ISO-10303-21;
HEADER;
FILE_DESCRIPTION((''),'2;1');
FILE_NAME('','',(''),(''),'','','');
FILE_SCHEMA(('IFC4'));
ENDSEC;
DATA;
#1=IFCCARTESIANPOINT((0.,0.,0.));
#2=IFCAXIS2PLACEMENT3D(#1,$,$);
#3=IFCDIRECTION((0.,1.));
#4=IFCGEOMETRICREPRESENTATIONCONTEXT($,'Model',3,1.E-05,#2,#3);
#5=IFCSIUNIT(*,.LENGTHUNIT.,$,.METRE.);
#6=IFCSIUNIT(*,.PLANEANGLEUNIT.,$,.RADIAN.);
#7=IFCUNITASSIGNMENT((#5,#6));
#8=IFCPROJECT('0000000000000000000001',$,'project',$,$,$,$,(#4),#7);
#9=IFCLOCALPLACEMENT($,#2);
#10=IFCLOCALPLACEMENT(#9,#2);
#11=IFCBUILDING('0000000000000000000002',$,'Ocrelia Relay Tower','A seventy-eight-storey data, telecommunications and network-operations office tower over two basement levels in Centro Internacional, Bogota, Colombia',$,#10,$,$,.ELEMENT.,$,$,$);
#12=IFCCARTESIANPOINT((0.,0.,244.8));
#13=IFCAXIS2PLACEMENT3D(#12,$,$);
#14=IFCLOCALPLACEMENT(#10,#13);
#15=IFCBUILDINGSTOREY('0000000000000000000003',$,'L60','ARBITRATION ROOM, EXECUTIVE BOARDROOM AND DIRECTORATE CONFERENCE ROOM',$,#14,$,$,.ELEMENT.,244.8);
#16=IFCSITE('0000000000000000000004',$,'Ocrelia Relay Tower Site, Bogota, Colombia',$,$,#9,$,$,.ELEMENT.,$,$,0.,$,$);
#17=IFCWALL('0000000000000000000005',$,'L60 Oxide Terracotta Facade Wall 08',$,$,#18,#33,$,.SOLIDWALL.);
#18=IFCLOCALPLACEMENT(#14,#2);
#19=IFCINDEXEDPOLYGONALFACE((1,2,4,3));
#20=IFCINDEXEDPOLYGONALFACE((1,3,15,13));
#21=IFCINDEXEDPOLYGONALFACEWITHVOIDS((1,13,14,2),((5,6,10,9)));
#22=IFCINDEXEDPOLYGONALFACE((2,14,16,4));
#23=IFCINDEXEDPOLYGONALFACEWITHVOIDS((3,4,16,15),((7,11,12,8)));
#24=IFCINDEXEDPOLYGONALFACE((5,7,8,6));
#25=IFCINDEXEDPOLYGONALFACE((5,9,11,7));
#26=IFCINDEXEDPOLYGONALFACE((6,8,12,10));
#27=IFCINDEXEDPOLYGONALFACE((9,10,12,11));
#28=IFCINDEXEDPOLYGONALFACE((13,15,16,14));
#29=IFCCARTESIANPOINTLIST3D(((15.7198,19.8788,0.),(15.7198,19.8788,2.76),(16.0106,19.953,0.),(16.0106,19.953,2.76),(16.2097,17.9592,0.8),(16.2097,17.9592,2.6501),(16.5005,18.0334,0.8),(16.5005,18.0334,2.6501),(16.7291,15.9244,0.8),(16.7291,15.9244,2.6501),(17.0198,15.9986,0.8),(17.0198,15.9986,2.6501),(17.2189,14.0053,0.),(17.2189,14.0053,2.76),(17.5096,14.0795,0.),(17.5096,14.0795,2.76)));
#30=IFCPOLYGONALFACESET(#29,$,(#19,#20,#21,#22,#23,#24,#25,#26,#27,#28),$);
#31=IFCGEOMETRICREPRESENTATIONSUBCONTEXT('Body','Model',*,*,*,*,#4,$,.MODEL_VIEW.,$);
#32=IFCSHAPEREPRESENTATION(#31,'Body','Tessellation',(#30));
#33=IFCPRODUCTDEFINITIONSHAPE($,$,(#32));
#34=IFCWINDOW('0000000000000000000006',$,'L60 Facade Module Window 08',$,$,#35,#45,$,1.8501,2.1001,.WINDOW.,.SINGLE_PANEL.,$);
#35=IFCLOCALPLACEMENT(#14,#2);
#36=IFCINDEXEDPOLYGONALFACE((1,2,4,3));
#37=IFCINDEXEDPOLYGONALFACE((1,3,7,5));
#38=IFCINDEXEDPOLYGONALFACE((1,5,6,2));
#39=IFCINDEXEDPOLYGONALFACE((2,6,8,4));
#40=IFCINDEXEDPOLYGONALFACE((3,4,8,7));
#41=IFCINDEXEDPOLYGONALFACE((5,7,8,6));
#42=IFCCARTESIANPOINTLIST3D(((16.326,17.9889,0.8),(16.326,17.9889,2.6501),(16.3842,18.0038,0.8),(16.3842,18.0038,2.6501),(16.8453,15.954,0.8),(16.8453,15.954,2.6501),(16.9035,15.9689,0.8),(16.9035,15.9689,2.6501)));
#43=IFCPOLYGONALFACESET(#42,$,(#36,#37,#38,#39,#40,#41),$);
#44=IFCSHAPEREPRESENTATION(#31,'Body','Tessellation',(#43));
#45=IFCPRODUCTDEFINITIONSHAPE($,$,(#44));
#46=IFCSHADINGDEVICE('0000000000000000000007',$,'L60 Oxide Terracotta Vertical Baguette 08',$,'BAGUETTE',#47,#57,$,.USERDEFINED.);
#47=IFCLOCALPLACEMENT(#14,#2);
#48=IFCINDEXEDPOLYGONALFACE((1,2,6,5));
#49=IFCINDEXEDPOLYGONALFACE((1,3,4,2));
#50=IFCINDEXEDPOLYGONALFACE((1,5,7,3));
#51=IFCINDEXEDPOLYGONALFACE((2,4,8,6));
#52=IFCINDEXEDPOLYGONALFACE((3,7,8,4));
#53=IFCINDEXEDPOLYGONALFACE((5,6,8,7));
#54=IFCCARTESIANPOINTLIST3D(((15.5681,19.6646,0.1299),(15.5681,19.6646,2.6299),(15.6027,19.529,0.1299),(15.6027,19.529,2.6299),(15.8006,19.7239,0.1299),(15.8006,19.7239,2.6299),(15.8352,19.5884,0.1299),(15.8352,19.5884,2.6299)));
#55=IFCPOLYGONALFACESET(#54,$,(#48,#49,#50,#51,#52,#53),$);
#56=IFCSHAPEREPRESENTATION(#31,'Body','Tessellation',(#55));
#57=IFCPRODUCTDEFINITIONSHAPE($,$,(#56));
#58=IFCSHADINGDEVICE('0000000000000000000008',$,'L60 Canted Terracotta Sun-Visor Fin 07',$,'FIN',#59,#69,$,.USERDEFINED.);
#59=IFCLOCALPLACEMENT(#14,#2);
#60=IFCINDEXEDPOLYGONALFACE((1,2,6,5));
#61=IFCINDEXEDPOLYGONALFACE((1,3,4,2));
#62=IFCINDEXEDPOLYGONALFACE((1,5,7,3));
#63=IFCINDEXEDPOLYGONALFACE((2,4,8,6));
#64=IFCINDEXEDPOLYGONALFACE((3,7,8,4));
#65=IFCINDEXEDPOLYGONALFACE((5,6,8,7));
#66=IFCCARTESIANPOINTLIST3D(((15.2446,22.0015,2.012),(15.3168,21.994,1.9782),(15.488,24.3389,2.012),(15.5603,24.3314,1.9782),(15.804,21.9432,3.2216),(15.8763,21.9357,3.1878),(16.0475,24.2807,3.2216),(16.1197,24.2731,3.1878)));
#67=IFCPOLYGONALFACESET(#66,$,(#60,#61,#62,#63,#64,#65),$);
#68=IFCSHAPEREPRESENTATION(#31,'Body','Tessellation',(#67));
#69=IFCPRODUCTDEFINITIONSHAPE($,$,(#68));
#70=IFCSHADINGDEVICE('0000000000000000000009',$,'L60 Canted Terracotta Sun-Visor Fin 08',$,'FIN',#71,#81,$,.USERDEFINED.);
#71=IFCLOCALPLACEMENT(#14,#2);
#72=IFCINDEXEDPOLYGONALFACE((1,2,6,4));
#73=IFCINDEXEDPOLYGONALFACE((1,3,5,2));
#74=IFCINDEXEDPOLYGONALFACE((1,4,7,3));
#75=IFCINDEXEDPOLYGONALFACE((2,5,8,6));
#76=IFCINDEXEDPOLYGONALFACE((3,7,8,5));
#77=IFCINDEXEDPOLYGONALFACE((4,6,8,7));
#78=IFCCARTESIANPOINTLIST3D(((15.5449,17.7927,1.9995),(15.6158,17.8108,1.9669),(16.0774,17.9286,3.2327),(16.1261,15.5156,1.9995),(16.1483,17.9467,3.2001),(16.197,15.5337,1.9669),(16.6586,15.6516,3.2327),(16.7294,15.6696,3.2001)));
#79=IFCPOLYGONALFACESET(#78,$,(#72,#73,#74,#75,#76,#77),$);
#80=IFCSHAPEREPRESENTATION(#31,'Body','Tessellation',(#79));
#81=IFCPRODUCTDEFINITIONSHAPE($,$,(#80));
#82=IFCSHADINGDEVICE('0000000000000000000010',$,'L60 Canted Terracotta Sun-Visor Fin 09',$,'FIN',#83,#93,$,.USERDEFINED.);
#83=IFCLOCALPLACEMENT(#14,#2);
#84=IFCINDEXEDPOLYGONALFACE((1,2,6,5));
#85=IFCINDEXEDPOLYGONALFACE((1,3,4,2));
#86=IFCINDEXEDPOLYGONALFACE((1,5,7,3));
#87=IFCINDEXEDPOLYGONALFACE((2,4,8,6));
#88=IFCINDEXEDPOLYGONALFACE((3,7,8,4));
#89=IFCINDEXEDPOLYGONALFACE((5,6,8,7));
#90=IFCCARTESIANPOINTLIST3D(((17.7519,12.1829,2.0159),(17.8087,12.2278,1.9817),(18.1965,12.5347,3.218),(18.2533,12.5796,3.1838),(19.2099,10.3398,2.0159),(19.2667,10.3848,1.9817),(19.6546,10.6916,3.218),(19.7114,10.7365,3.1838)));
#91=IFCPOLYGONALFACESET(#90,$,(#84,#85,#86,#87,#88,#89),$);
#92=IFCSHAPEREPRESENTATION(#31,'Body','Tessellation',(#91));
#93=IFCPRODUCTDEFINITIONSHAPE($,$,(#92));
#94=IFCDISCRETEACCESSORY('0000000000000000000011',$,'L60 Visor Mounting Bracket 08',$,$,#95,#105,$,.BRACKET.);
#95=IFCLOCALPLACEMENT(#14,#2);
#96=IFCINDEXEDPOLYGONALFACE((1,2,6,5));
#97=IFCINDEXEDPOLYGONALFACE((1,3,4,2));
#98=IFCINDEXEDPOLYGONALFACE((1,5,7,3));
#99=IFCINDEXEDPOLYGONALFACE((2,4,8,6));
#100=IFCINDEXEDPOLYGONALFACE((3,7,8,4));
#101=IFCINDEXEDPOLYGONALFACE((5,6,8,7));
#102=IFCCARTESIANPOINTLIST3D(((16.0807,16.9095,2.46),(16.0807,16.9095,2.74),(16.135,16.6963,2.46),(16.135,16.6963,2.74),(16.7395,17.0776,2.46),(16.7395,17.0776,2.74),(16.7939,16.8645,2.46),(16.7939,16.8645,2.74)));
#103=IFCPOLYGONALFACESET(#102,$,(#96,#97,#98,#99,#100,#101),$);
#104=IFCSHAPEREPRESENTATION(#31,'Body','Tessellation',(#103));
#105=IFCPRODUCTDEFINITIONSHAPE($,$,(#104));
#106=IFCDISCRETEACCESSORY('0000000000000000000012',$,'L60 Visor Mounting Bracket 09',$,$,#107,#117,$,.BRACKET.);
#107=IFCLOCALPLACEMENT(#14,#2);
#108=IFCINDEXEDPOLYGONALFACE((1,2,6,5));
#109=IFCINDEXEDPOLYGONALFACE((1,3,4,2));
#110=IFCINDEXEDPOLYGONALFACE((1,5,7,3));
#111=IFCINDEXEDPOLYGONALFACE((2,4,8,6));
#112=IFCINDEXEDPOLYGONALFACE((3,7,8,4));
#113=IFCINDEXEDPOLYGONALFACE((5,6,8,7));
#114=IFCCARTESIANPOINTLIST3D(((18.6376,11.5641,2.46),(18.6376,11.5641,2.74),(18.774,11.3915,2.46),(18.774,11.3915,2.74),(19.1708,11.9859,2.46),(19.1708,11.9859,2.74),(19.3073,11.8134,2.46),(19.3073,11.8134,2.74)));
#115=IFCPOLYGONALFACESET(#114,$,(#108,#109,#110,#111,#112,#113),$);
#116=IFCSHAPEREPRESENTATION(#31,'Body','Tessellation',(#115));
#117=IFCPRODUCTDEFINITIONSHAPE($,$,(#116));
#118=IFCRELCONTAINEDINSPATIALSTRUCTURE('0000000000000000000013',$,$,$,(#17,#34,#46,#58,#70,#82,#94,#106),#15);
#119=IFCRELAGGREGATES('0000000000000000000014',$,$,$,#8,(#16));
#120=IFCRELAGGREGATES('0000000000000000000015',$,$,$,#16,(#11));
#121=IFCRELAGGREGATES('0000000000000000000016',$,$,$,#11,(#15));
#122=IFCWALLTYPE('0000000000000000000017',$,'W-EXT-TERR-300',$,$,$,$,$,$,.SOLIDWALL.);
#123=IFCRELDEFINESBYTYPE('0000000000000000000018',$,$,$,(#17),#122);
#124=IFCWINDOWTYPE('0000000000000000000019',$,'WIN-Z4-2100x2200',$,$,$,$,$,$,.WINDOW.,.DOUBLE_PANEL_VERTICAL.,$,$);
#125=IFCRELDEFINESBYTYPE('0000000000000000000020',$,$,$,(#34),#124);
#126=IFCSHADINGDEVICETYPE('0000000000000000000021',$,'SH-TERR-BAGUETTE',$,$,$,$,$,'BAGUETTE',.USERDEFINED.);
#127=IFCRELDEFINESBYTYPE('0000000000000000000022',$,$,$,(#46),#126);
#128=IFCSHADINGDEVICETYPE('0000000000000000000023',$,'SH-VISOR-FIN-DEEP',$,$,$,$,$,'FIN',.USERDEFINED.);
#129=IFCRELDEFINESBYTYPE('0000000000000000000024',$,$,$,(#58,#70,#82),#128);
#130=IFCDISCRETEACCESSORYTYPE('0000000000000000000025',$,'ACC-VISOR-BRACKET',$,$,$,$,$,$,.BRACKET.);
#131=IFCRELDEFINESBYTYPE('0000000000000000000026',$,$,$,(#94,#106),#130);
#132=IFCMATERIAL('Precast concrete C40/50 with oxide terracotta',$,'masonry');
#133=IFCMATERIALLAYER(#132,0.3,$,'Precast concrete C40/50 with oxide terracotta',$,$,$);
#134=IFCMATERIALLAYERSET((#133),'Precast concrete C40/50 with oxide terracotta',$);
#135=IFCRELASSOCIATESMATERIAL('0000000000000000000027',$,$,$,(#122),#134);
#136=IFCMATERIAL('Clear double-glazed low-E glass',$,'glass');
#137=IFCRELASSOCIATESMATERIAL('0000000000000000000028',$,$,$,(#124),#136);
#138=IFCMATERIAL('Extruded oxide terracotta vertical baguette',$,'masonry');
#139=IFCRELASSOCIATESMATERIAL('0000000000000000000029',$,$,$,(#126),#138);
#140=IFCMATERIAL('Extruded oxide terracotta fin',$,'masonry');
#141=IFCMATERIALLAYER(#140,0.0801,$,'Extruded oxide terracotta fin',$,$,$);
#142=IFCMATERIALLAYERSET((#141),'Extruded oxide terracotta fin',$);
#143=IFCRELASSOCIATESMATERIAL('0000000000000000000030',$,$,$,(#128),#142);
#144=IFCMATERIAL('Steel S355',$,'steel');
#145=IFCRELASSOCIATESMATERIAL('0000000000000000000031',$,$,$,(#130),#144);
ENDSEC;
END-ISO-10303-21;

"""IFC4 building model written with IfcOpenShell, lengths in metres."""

from ifc_helpers import new_model, si_unit, direction, frame, frame_2d, origin, origin_2d, place, context, subcontext, project, spatial, rectangle, extrude, material, layer, layer_set, type_object, element, fill, save


model = new_model("IFC4")

# Units and contexts
model_context = context("Model", 3, precision=1e-05, world=origin(), true_north=direction((0.0, 1.0)))
body_context = subcontext(model_context, "Body", "Model", "MODEL_VIEW")
ifc_project = project(units=[si_unit("LENGTHUNIT", "METRE"), si_unit("PLANEANGLEUNIT", "RADIAN")], contexts=[model_context])

# Site, building, storey
site_placement = place(None, origin())
site = spatial("IfcSite", under=ifc_project, at=site_placement, Name="Ocrelia Relay Tower Site, Bogota, Colombia", CompositionType="ELEMENT", RefElevation=0.0)
building_placement = place(site_placement, origin())
building = spatial("IfcBuilding", under=site, at=building_placement, Name="Ocrelia Relay Tower", Description="A seventy-eight-storey data, telecommunications and network-operations office tower over two basement levels in Centro Internacional, Bogota, Colombia", CompositionType="ELEMENT")
storey_placement = place(building_placement, frame((0.0, 0.0, 244.8)))
storey = spatial("IfcBuildingStorey", under=building, at=storey_placement, Name="L60", Description="ARBITRATION ROOM, EXECUTIVE BOARDROOM AND DIRECTORATE CONFERENCE ROOM", CompositionType="ELEMENT", Elevation=244.8)

# Shared definitions
ifc_material_1 = material(Name="Steel S355", Category="steel")

# Shared definitions
ifc_material_2 = material(Name="Clear double-glazed low-E glass", Category="glass")

# Wall, opening, window
ifc_material_3 = material(Name="Precast concrete C40/50 with oxide terracotta", Category="masonry")
ifc_layer_1 = layer(ifc_material_3, 0.3, Name="Precast concrete C40/50 with oxide terracotta")
ifc_layer_set_1 = layer_set([ifc_layer_1], Name="Precast concrete C40/50 with oxide terracotta")
wall_type = type_object("IfcWallType", Name="W-EXT-TERR-300", PredefinedType="SOLIDWALL", material=ifc_layer_set_1)
wall_placement = place(storey_placement, frame((15.8652, 19.9158, 0.0), z_axis=(0.0, 0.0, 1.0), x_axis=(0.24729, -0.968942, 0.0)))
wall = element("IfcWall", 1, at=wall_placement, inside=storey, type_object=wall_type, Name="L60 Oxide Terracotta Facade Wall 08", PredefinedType="SOLIDWALL", context=body_context, shape_type="SweptSolid", body=[
    extrude(rectangle(XDim=6.0618, YDim=0.3, at=frame_2d((3.0308, 0.0))), origin(), (0.0, 0.0, 1.0), 2.76),
])
opening_placement = place(wall_placement, frame((1.981, 0.0, 0.8)))
opening = element("IfcOpeningElement", 2, at=opening_placement, cuts=wall, PredefinedType="OPENING", context=body_context, shape_type="SweptSolid", body=[
    extrude(rectangle(XDim=2.1001, YDim=1.8501, at=frame_2d((1.05, 0.925))), frame((0.0, 0.1602, 0.0), z_axis=(0.0, -1.0, 0.0), x_axis=(1.0, 0.0, 0.0)), (0.0, 0.0, 1.0), 0.3201),
])
window_type = type_object("IfcWindowType", Name="WIN-Z4-2100x2200", PartitioningType="DOUBLE_PANEL_VERTICAL", PredefinedType="WINDOW", material=ifc_material_2)
window_placement = place(opening_placement, origin())
window = element("IfcWindow", 3, at=window_placement, inside=storey, type_object=window_type, Name="L60 Facade Module Window 08", OverallHeight=1.8501, OverallWidth=2.1001, PartitioningType="SINGLE_PANEL", PredefinedType="WINDOW", context=body_context, shape_type="SweptSolid", body=[
    extrude(rectangle(XDim=2.1001, YDim=1.8501, at=frame_2d((1.05, 0.925))), frame((0.0, 0.03, 0.0), z_axis=(0.0, -1.0, 0.0), x_axis=(1.0, 0.0, 0.0)), (0.0, 0.0, 1.0), 0.0601),
])
fill(opening, window)

# Shading devices
ifc_material_4 = material(Name="Extruded oxide terracotta vertical baguette", Category="masonry")
shading_device_type_1 = type_object("IfcShadingDeviceType", Name="SH-TERR-BAGUETTE", ElementType="BAGUETTE", PredefinedType="USERDEFINED", material=ifc_material_4)
shading_device_1_placement = place(storey_placement, frame((15.7017, 19.6265, 0.1299), z_axis=(0.0, 0.0, 1.0), x_axis=(0.247303, -0.968938, 0.0)))
element("IfcShadingDevice", 4, at=shading_device_1_placement, inside=storey, type_object=shading_device_type_1, Name="L60 Oxide Terracotta Vertical Baguette 08", ObjectType="BAGUETTE", PredefinedType="USERDEFINED", context=body_context, shape_type="SweptSolid", body=[
    extrude(rectangle(XDim=0.1399, YDim=0.24, at=origin_2d()), origin(), (0.0, 0.0, 1.0), 2.5),
])
ifc_material_5 = material(Name="Extruded oxide terracotta fin", Category="masonry")
ifc_layer_2 = layer(ifc_material_5, 0.0801, Name="Extruded oxide terracotta fin")
ifc_layer_set_2 = layer_set([ifc_layer_2], Name="Extruded oxide terracotta fin")
shading_device_type_2 = type_object("IfcShadingDeviceType", Name="SH-VISOR-FIN-DEEP", ElementType="FIN", PredefinedType="USERDEFINED", material=ifc_layer_set_2)
shading_device_2_placement = place(storey_placement, frame((15.7183, 23.1335, 2.583), z_axis=(-0.901871, 0.093935, 0.421669), x_axis=(-0.103596, -0.99462, 0.0)))
element("IfcShadingDevice", 5, at=shading_device_2_placement, inside=storey, type_object=shading_device_type_2, Name="L60 Canted Terracotta Sun-Visor Fin 07", ObjectType="FIN", PredefinedType="USERDEFINED", context=body_context, shape_type="SweptSolid", body=[
    extrude(rectangle(XDim=2.3501, YDim=1.334, at=origin_2d()), origin(), (0.0, 0.0, 1.0), 0.0801),
])
shading_device_3_placement = place(storey_placement, frame((16.1726, 16.7402, 2.5835), z_axis=(-0.885031, -0.225888, 0.407056), x_axis=(0.247303, -0.968938, 0.0)))
element("IfcShadingDevice", 6, at=shading_device_3_placement, inside=storey, type_object=shading_device_type_2, Name="L60 Canted Terracotta Sun-Visor Fin 08", ObjectType="FIN", PredefinedType="USERDEFINED", context=body_context, shape_type="SweptSolid", body=[
    extrude(rectangle(XDim=2.3501, YDim=1.3501, at=origin_2d()), origin(), (0.0, 0.0, 1.0), 0.0801),
])
shading_device_4_placement = place(storey_placement, frame((18.76, 11.4822, 2.5828), z_axis=(-0.70933, -0.561151, 0.426569), x_axis=(0.62043, -0.784262, 0.0)))
element("IfcShadingDevice", 7, at=shading_device_4_placement, inside=storey, type_object=shading_device_type_2, Name="L60 Canted Terracotta Sun-Visor Fin 09", ObjectType="FIN", PredefinedType="USERDEFINED", context=body_context, shape_type="SweptSolid", body=[
    extrude(rectangle(XDim=2.3501, YDim=1.3291, at=origin_2d()), origin(), (0.0, 0.0, 1.0), 0.0801),
])

# Discrete accessories
discrete_accessory_type = type_object("IfcDiscreteAccessoryType", Name="ACC-VISOR-BRACKET", PredefinedType="BRACKET", material=ifc_material_1)
for number, where, z_axis, x_axis, name in (
    (8, (16.4373, 16.887, 2.46), (0.0, 0.0, 1.0), (0.247303, -0.968938, 0.0), "L60 Visor Mounting Bracket 08"),
    (9, (18.9724, 11.6887, 2.46), (0.0, 0.0, 1.0), (0.62043, -0.784262, 0.0), "L60 Visor Mounting Bracket 09"),
):
    element("IfcDiscreteAccessory", number, at=place(storey_placement, frame(where, z_axis=z_axis, x_axis=x_axis)), inside=storey, type_object=discrete_accessory_type, Name=name, PredefinedType="BRACKET", context=body_context, shape_type="SweptSolid", body=[
        extrude(rectangle(XDim=0.22, YDim=0.6799, at=origin_2d()), origin(), (0.0, 0.0, 1.0), 0.28),
    ])

save(model, "model.ifc")
